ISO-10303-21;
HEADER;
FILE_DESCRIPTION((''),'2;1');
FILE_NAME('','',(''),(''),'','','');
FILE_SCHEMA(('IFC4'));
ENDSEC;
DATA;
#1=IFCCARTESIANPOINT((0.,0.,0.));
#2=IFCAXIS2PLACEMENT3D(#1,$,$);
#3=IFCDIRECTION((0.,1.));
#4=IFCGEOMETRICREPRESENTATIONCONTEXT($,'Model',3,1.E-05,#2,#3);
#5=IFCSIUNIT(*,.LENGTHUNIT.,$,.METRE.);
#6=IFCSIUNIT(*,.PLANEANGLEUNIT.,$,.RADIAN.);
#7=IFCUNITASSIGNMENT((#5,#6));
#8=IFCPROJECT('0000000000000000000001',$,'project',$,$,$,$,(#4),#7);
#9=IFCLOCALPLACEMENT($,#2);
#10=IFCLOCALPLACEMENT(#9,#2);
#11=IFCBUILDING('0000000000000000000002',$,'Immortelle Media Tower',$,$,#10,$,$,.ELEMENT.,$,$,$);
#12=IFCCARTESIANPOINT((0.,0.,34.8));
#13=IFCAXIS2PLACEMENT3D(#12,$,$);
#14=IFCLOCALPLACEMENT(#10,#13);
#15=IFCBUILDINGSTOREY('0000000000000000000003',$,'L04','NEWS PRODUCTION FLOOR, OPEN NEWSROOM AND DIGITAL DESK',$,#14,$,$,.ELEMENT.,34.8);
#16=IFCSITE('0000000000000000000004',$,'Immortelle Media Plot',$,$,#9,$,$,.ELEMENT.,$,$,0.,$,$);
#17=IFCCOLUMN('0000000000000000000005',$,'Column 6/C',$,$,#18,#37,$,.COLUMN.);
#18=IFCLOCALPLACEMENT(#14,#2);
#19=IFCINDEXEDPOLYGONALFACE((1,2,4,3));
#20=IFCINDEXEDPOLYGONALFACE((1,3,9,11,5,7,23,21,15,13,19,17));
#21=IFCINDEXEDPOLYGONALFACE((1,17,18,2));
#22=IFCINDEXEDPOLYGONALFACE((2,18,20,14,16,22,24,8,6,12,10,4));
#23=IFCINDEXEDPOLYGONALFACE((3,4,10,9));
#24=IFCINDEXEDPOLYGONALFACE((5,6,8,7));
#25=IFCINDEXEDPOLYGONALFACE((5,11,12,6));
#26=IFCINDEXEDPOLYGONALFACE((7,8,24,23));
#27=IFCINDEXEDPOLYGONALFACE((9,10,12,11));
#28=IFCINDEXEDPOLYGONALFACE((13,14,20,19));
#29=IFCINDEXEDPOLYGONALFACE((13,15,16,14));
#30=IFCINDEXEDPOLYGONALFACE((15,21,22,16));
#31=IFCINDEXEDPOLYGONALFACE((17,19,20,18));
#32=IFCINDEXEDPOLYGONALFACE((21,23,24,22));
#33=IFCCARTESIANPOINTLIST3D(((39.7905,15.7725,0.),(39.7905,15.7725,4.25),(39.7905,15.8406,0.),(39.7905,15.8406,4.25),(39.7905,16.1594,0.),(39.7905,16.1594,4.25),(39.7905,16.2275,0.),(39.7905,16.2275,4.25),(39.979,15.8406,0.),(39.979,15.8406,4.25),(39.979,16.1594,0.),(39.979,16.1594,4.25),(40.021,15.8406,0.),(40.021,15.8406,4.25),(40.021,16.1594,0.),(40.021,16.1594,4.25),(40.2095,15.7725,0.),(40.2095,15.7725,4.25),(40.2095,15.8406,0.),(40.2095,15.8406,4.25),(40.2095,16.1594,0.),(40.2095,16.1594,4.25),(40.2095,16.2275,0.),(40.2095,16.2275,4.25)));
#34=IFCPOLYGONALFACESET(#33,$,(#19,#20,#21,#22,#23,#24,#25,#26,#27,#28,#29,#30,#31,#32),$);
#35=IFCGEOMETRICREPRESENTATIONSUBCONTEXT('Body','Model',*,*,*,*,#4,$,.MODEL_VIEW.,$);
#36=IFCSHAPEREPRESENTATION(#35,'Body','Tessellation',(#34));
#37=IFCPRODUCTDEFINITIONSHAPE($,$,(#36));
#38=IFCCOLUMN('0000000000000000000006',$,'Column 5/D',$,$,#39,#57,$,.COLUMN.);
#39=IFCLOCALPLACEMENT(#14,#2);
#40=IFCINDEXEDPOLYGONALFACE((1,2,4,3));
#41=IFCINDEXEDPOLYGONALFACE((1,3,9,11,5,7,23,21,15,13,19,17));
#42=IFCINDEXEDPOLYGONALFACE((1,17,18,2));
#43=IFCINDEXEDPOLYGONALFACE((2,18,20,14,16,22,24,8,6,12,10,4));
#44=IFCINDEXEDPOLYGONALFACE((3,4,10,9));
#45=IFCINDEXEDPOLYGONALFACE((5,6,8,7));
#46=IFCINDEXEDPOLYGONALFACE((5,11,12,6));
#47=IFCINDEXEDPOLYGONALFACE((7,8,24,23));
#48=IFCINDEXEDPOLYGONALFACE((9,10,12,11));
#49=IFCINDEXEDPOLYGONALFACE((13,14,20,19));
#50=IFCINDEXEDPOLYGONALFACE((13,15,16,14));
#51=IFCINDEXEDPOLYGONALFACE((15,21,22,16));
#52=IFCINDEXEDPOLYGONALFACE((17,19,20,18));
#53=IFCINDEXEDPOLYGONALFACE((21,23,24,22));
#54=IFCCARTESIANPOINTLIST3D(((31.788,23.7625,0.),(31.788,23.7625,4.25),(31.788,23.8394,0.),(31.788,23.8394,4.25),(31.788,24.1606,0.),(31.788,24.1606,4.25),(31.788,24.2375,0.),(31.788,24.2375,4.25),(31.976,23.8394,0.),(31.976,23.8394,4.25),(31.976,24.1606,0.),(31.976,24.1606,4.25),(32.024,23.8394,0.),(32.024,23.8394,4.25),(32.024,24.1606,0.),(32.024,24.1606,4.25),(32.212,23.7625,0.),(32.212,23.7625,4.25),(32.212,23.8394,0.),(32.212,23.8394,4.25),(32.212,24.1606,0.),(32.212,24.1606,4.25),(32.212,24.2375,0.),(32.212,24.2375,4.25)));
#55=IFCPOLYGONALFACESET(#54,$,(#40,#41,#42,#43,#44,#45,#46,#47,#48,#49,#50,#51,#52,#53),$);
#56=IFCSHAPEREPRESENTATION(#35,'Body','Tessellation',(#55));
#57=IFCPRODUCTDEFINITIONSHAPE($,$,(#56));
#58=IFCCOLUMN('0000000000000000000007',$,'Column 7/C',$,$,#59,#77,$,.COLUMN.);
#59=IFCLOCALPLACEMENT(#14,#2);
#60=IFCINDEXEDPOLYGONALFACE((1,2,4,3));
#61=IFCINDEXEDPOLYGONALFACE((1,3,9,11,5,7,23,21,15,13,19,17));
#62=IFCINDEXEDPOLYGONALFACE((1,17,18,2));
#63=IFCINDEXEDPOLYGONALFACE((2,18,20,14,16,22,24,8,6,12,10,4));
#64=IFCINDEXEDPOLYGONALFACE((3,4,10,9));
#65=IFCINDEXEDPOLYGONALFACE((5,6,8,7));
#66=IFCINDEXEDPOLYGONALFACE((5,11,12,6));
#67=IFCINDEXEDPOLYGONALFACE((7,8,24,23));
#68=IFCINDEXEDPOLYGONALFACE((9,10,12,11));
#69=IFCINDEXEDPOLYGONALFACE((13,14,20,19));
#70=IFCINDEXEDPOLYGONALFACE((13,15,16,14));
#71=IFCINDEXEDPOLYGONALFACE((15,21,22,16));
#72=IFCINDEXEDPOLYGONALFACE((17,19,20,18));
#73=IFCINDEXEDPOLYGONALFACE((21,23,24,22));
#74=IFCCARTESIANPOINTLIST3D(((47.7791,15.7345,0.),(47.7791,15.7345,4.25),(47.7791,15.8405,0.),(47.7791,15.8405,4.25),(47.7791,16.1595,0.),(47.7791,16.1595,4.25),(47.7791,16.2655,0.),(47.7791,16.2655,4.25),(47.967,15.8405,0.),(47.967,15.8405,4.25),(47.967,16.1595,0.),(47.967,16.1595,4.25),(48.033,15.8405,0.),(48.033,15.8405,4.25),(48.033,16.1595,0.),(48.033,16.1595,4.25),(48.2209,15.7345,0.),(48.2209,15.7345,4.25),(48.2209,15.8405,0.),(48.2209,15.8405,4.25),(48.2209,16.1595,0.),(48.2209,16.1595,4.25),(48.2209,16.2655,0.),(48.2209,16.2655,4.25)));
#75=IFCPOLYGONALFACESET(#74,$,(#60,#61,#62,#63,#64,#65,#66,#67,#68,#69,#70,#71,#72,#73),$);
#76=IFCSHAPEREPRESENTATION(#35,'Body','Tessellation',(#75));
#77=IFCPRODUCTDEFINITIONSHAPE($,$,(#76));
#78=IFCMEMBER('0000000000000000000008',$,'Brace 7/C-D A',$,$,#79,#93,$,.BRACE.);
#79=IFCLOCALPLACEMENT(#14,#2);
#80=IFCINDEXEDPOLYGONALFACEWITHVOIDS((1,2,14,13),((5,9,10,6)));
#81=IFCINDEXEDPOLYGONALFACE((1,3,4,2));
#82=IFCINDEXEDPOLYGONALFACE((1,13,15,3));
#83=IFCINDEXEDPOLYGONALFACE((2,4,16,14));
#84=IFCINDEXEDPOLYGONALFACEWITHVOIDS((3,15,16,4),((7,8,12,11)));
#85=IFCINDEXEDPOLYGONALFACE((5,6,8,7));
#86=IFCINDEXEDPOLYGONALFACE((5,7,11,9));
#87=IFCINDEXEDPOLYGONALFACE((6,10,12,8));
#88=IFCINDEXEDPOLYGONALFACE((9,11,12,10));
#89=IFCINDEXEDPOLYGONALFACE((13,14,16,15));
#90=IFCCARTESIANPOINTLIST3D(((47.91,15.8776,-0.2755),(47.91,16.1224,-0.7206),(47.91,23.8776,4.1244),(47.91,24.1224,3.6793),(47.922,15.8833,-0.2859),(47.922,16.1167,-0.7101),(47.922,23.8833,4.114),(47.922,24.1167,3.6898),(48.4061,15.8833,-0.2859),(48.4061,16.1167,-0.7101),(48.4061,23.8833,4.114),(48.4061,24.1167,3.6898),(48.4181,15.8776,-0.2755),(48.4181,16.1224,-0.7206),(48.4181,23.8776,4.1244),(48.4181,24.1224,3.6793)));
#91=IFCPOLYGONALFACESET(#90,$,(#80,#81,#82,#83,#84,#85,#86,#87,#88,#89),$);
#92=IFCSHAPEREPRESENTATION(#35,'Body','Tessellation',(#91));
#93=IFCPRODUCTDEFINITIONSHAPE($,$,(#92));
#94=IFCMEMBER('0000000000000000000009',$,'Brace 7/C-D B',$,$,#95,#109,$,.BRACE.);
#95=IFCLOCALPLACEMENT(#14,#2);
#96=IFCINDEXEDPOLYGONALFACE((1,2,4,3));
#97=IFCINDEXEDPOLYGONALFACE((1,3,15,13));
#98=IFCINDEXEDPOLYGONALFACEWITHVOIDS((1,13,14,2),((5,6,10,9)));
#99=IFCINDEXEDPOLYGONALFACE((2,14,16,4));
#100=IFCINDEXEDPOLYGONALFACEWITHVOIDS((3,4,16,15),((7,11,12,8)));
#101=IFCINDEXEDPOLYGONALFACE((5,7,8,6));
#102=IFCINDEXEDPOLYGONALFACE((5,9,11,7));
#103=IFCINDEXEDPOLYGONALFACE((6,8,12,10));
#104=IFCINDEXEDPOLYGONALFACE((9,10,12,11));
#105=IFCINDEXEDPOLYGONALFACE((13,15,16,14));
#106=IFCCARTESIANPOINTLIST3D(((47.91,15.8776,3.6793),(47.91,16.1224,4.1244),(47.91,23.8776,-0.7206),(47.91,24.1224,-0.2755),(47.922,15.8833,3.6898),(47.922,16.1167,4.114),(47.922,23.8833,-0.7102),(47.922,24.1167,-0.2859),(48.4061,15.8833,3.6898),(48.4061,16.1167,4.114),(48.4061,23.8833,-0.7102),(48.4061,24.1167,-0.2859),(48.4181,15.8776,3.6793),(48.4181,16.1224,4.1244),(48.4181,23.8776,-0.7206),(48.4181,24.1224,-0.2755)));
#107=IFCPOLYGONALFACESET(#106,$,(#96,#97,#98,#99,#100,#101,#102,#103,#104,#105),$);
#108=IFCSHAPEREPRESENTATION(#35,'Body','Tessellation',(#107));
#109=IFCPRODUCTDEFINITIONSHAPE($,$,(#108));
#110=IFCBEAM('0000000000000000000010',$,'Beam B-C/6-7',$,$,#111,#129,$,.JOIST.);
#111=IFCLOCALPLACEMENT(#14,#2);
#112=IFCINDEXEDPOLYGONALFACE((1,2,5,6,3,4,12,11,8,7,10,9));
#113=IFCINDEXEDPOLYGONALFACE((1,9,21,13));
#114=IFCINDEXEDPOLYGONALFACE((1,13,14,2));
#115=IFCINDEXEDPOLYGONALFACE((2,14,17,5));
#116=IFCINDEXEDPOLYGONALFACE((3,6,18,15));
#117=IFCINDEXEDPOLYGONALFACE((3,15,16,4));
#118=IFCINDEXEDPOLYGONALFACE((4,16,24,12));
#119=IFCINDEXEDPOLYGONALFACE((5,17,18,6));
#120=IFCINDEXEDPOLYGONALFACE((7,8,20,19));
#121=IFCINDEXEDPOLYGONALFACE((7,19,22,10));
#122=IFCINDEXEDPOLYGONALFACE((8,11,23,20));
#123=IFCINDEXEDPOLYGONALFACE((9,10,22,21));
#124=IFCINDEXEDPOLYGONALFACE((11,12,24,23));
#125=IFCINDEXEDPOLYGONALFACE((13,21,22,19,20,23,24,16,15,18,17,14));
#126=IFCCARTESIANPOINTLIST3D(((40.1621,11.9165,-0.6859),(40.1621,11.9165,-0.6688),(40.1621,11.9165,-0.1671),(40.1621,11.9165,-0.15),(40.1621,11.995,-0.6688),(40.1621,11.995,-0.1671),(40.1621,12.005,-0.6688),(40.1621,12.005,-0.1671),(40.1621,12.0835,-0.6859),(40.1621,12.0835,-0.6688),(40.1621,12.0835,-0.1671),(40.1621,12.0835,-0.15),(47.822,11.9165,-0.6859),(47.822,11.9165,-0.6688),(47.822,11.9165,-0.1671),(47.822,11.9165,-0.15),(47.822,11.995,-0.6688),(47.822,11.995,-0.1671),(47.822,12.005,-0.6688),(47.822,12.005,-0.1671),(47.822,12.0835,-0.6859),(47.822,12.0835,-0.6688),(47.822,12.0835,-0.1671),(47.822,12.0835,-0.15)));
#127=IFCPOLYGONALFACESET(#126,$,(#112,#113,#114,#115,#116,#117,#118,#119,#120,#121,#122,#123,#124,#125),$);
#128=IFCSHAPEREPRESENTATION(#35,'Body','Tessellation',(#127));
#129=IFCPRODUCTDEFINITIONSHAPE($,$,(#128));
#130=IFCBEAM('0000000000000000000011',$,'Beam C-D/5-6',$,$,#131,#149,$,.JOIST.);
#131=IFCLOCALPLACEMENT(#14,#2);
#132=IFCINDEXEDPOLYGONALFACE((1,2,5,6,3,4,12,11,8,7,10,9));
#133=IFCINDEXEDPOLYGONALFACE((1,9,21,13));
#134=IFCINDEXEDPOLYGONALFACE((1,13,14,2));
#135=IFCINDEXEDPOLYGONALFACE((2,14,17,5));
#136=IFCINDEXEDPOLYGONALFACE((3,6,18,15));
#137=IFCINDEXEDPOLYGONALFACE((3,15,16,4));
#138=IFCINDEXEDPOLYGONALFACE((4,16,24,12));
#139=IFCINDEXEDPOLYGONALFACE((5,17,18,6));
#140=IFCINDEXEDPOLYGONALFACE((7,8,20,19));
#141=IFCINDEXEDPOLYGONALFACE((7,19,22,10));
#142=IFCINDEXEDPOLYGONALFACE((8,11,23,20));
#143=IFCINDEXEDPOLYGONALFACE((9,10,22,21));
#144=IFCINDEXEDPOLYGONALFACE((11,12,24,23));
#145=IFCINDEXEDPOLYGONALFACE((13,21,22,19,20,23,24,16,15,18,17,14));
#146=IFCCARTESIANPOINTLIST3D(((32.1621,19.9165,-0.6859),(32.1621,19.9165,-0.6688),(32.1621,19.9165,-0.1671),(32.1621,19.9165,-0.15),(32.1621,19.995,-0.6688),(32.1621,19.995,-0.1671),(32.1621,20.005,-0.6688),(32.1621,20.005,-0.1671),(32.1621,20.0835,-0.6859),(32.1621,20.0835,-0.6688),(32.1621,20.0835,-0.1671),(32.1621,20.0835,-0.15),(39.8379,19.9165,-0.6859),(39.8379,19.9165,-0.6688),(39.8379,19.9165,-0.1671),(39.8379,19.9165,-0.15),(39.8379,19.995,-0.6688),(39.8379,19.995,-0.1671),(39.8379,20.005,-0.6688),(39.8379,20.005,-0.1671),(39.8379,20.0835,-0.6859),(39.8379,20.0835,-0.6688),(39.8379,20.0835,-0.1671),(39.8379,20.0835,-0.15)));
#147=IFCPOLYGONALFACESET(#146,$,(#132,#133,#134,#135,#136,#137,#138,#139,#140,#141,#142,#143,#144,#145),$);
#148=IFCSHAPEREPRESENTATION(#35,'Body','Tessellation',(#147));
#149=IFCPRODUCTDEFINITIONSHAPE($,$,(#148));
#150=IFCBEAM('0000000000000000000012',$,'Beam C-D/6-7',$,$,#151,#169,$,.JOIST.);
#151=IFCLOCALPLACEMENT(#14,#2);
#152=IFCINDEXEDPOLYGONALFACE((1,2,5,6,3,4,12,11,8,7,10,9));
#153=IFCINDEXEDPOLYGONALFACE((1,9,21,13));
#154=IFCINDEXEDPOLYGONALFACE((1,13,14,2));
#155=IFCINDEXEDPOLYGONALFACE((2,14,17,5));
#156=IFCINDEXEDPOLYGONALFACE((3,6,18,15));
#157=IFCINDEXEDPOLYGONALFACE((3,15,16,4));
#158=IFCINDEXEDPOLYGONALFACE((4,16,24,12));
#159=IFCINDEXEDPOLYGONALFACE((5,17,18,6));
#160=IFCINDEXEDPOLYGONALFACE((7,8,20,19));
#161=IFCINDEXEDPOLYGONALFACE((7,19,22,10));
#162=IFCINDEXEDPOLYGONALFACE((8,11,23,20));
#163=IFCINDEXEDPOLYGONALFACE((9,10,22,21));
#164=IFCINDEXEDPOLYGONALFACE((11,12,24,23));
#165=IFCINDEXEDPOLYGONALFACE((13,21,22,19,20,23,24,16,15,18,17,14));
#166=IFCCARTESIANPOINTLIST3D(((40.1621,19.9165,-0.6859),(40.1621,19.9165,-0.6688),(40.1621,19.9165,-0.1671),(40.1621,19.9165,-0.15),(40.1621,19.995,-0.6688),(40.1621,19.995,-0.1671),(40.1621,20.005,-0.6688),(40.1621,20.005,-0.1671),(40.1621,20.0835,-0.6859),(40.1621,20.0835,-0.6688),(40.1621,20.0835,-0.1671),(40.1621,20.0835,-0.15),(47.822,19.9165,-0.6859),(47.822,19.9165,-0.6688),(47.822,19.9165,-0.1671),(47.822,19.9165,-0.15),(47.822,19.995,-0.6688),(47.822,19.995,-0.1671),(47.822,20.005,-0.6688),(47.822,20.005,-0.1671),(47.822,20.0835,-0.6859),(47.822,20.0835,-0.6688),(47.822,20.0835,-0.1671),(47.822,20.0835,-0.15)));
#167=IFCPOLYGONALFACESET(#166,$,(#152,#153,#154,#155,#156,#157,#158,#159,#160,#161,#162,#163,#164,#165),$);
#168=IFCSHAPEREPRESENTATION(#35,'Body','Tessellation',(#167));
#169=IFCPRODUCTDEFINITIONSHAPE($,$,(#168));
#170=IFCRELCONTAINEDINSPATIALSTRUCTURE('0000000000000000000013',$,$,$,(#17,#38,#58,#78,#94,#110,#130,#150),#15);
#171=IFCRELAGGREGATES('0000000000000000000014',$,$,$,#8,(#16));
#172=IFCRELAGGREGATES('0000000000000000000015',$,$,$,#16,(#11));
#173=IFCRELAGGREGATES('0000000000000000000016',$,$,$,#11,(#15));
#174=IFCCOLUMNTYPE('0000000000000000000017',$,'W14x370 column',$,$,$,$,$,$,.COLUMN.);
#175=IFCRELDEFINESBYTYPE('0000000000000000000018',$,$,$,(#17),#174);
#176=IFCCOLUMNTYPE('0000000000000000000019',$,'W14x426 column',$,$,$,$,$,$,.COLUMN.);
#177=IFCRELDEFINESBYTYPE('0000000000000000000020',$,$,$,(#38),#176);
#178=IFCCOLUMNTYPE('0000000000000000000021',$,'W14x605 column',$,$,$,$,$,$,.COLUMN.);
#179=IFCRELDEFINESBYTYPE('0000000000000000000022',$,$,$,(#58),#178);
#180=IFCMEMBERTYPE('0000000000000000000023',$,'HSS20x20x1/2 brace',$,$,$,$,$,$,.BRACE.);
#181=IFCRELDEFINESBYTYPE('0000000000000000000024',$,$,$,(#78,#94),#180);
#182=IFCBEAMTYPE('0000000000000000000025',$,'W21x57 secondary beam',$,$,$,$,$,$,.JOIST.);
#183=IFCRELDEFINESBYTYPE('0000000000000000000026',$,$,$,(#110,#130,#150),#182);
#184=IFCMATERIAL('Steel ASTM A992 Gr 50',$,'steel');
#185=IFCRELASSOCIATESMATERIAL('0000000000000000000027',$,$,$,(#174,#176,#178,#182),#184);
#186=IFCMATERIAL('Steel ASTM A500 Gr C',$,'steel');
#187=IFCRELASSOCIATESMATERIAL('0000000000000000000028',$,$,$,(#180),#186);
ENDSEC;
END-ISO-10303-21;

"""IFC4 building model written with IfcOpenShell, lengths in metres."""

from ifc_helpers import new_model, si_unit, direction, frame, origin, origin_2d, place, context, subcontext, project, spatial, hollow_rectangle, i_section, extrude, material, material_profile, profile_set, type_object, element, save


model = new_model("IFC4")

# Units and contexts
model_context = context("Model", 3, precision=1e-05, world=origin(), true_north=direction((0.0, 1.0)))
body_context = subcontext(model_context, "Body", "Model", "MODEL_VIEW")
ifc_project = project(units=[si_unit("LENGTHUNIT", "METRE"), si_unit("PLANEANGLEUNIT", "RADIAN")], contexts=[model_context])

# Site, building, storey
site_placement = place(None, origin())
site = spatial("IfcSite", under=ifc_project, at=site_placement, Name="Immortelle Media Plot", CompositionType="ELEMENT", RefElevation=0.0)
building_placement = place(site_placement, origin())
building = spatial("IfcBuilding", under=site, at=building_placement, Name="Immortelle Media Tower", CompositionType="ELEMENT")
storey_placement = place(building_placement, frame((0.0, 0.0, 34.8)))
storey = spatial("IfcBuildingStorey", under=building, at=storey_placement, Name="L04", Description="NEWS PRODUCTION FLOOR, OPEN NEWSROOM AND DIGITAL DESK", CompositionType="ELEMENT", Elevation=34.8)

# Columns
ifc_material_1 = material(Name="Steel ASTM A992 Gr 50", Category="steel")
ifc_material_profile_1 = material_profile(ifc_material_1, i_section(OverallWidth=0.4189, OverallDepth=0.4551, WebThickness=0.042, FlangeThickness=0.0681, at=origin_2d()), Name="W14x370")
ifc_profile_set_1 = profile_set([ifc_material_profile_1], Name="Steel ASTM A992 Gr 50")
column_type_1 = type_object("IfcColumnType", Name="W14x370 column", PredefinedType="COLUMN", material=ifc_profile_set_1)
column_1_placement = place(storey_placement, frame((40.0, 16.0, 0.0), z_axis=(0.0, 0.0, 1.0), x_axis=(1.0, 0.0, 0.0)))
element("IfcColumn", 1, at=column_1_placement, inside=storey, type_object=column_type_1, Name="Column 6/C", PredefinedType="COLUMN", context=body_context, shape_type="SweptSolid", body=[
    extrude(i_section(OverallWidth=0.4189, OverallDepth=0.4551, WebThickness=0.042, FlangeThickness=0.0681, at=origin_2d()), origin(), (0.0, 0.0, 1.0), 4.25),
])
ifc_material_profile_2 = material_profile(ifc_material_1, i_section(OverallWidth=0.4241, OverallDepth=0.4751, WebThickness=0.0481, FlangeThickness=0.0769, at=origin_2d()), Name="W14x426")
ifc_profile_set_2 = profile_set([ifc_material_profile_2], Name="Steel ASTM A992 Gr 50")
column_type_2 = type_object("IfcColumnType", Name="W14x426 column", PredefinedType="COLUMN", material=ifc_profile_set_2)
column_2_placement = place(storey_placement, frame((32.0, 24.0, 0.0), z_axis=(0.0, 0.0, 1.0), x_axis=(1.0, 0.0, 0.0)))
element("IfcColumn", 2, at=column_2_placement, inside=storey, type_object=column_type_2, Name="Column 5/D", PredefinedType="COLUMN", context=body_context, shape_type="SweptSolid", body=[
    extrude(i_section(OverallWidth=0.4241, OverallDepth=0.4751, WebThickness=0.0481, FlangeThickness=0.0769, at=origin_2d()), origin(), (0.0, 0.0, 1.0), 4.25),
])
ifc_material_profile_3 = material_profile(ifc_material_1, i_section(OverallWidth=0.4419, OverallDepth=0.531, WebThickness=0.0659, FlangeThickness=0.106, at=origin_2d()), Name="W14x605")
ifc_profile_set_3 = profile_set([ifc_material_profile_3], Name="Steel ASTM A992 Gr 50")
column_type_3 = type_object("IfcColumnType", Name="W14x605 column", PredefinedType="COLUMN", material=ifc_profile_set_3)
column_3_placement = place(storey_placement, frame((48.0, 16.0, 0.0), z_axis=(0.0, 0.0, 1.0), x_axis=(1.0, 0.0, 0.0)))
element("IfcColumn", 3, at=column_3_placement, inside=storey, type_object=column_type_3, Name="Column 7/C", PredefinedType="COLUMN", context=body_context, shape_type="SweptSolid", body=[
    extrude(i_section(OverallWidth=0.4419, OverallDepth=0.531, WebThickness=0.0659, FlangeThickness=0.106, at=origin_2d()), origin(), (0.0, 0.0, 1.0), 4.25),
])

# Members
ifc_material_2 = material(Name="Steel ASTM A500 Gr C", Category="steel")
ifc_material_profile_4 = material_profile(ifc_material_2, hollow_rectangle(XDim=0.5081, YDim=0.5081, WallThickness=0.012, at=origin_2d()), Name="HSS20x20x1/2 brace")
ifc_profile_set_4 = profile_set([ifc_material_profile_4], Name="Steel ASTM A500 Gr C")
member_type = type_object("IfcMemberType", Name="HSS20x20x1/2 brace", PredefinedType="BRACE", material=ifc_profile_set_4)
for number, where, z_axis, x_axis, name in (
    (4, (48.1641, 16.0, -0.498), (0.0, 0.87622, 0.481911), (-1.0, 0.0, 0.0), "Brace 7/C-D A"),
    (5, (48.1641, 16.0, 3.9019), (0.0, 0.87622, -0.481911), (-1.0, 0.0, 0.0), "Brace 7/C-D B"),
):
    element("IfcMember", number, at=place(storey_placement, frame(where, z_axis=z_axis, x_axis=x_axis)), inside=storey, type_object=member_type, Name=name, PredefinedType="BRACE", context=body_context, shape_type="SweptSolid", body=[
        extrude(hollow_rectangle(XDim=0.5081, YDim=0.5081, WallThickness=0.012, at=origin_2d()), origin(), (0.0, 0.0, 1.0), 9.1301),
    ])

# Beams
ifc_material_profile_5 = material_profile(ifc_material_1, i_section(OverallWidth=0.167, OverallDepth=0.5359, WebThickness=0.01, FlangeThickness=0.0171, at=origin_2d()), Name="W21x57")
ifc_profile_set_5 = profile_set([ifc_material_profile_5], Name="Steel ASTM A992 Gr 50")
beam_type_1 = type_object("IfcBeamType", Name="W21x57 secondary beam", PredefinedType="JOIST", material=ifc_profile_set_5)
beam_1_placement = place(storey_placement, frame((40.1621, 12.0, -0.418), z_axis=(1.0, 0.0, 0.0), x_axis=(0.0, 1.0, 0.0)))
element("IfcBeam", 6, at=beam_1_placement, inside=storey, type_object=beam_type_1, Name="Beam B-C/6-7", PredefinedType="JOIST", context=body_context, shape_type="SweptSolid", body=[
    extrude(i_section(OverallWidth=0.167, OverallDepth=0.5359, WebThickness=0.01, FlangeThickness=0.0171, at=origin_2d()), origin(), (0.0, 0.0, 1.0), 7.6599),
])
beam_2_placement = place(storey_placement, frame((32.1621, 20.0, -0.418), z_axis=(1.0, 0.0, 0.0), x_axis=(0.0, 1.0, 0.0)))
element("IfcBeam", 7, at=beam_2_placement, inside=storey, type_object=beam_type_1, Name="Beam C-D/5-6", PredefinedType="JOIST", context=body_context, shape_type="SweptSolid", body=[
    extrude(i_section(OverallWidth=0.167, OverallDepth=0.5359, WebThickness=0.01, FlangeThickness=0.0171, at=origin_2d()), origin(), (0.0, 0.0, 1.0), 7.6758),
])
beam_3_placement = place(storey_placement, frame((40.1621, 20.0, -0.418), z_axis=(1.0, 0.0, 0.0), x_axis=(0.0, 1.0, 0.0)))
element("IfcBeam", 8, at=beam_3_placement, inside=storey, type_object=beam_type_1, Name="Beam C-D/6-7", PredefinedType="JOIST", context=body_context, shape_type="SweptSolid", body=[
    extrude(i_section(OverallWidth=0.167, OverallDepth=0.5359, WebThickness=0.01, FlangeThickness=0.0171, at=origin_2d()), origin(), (0.0, 0.0, 1.0), 7.6599),
])

save(model, "model.ifc")
